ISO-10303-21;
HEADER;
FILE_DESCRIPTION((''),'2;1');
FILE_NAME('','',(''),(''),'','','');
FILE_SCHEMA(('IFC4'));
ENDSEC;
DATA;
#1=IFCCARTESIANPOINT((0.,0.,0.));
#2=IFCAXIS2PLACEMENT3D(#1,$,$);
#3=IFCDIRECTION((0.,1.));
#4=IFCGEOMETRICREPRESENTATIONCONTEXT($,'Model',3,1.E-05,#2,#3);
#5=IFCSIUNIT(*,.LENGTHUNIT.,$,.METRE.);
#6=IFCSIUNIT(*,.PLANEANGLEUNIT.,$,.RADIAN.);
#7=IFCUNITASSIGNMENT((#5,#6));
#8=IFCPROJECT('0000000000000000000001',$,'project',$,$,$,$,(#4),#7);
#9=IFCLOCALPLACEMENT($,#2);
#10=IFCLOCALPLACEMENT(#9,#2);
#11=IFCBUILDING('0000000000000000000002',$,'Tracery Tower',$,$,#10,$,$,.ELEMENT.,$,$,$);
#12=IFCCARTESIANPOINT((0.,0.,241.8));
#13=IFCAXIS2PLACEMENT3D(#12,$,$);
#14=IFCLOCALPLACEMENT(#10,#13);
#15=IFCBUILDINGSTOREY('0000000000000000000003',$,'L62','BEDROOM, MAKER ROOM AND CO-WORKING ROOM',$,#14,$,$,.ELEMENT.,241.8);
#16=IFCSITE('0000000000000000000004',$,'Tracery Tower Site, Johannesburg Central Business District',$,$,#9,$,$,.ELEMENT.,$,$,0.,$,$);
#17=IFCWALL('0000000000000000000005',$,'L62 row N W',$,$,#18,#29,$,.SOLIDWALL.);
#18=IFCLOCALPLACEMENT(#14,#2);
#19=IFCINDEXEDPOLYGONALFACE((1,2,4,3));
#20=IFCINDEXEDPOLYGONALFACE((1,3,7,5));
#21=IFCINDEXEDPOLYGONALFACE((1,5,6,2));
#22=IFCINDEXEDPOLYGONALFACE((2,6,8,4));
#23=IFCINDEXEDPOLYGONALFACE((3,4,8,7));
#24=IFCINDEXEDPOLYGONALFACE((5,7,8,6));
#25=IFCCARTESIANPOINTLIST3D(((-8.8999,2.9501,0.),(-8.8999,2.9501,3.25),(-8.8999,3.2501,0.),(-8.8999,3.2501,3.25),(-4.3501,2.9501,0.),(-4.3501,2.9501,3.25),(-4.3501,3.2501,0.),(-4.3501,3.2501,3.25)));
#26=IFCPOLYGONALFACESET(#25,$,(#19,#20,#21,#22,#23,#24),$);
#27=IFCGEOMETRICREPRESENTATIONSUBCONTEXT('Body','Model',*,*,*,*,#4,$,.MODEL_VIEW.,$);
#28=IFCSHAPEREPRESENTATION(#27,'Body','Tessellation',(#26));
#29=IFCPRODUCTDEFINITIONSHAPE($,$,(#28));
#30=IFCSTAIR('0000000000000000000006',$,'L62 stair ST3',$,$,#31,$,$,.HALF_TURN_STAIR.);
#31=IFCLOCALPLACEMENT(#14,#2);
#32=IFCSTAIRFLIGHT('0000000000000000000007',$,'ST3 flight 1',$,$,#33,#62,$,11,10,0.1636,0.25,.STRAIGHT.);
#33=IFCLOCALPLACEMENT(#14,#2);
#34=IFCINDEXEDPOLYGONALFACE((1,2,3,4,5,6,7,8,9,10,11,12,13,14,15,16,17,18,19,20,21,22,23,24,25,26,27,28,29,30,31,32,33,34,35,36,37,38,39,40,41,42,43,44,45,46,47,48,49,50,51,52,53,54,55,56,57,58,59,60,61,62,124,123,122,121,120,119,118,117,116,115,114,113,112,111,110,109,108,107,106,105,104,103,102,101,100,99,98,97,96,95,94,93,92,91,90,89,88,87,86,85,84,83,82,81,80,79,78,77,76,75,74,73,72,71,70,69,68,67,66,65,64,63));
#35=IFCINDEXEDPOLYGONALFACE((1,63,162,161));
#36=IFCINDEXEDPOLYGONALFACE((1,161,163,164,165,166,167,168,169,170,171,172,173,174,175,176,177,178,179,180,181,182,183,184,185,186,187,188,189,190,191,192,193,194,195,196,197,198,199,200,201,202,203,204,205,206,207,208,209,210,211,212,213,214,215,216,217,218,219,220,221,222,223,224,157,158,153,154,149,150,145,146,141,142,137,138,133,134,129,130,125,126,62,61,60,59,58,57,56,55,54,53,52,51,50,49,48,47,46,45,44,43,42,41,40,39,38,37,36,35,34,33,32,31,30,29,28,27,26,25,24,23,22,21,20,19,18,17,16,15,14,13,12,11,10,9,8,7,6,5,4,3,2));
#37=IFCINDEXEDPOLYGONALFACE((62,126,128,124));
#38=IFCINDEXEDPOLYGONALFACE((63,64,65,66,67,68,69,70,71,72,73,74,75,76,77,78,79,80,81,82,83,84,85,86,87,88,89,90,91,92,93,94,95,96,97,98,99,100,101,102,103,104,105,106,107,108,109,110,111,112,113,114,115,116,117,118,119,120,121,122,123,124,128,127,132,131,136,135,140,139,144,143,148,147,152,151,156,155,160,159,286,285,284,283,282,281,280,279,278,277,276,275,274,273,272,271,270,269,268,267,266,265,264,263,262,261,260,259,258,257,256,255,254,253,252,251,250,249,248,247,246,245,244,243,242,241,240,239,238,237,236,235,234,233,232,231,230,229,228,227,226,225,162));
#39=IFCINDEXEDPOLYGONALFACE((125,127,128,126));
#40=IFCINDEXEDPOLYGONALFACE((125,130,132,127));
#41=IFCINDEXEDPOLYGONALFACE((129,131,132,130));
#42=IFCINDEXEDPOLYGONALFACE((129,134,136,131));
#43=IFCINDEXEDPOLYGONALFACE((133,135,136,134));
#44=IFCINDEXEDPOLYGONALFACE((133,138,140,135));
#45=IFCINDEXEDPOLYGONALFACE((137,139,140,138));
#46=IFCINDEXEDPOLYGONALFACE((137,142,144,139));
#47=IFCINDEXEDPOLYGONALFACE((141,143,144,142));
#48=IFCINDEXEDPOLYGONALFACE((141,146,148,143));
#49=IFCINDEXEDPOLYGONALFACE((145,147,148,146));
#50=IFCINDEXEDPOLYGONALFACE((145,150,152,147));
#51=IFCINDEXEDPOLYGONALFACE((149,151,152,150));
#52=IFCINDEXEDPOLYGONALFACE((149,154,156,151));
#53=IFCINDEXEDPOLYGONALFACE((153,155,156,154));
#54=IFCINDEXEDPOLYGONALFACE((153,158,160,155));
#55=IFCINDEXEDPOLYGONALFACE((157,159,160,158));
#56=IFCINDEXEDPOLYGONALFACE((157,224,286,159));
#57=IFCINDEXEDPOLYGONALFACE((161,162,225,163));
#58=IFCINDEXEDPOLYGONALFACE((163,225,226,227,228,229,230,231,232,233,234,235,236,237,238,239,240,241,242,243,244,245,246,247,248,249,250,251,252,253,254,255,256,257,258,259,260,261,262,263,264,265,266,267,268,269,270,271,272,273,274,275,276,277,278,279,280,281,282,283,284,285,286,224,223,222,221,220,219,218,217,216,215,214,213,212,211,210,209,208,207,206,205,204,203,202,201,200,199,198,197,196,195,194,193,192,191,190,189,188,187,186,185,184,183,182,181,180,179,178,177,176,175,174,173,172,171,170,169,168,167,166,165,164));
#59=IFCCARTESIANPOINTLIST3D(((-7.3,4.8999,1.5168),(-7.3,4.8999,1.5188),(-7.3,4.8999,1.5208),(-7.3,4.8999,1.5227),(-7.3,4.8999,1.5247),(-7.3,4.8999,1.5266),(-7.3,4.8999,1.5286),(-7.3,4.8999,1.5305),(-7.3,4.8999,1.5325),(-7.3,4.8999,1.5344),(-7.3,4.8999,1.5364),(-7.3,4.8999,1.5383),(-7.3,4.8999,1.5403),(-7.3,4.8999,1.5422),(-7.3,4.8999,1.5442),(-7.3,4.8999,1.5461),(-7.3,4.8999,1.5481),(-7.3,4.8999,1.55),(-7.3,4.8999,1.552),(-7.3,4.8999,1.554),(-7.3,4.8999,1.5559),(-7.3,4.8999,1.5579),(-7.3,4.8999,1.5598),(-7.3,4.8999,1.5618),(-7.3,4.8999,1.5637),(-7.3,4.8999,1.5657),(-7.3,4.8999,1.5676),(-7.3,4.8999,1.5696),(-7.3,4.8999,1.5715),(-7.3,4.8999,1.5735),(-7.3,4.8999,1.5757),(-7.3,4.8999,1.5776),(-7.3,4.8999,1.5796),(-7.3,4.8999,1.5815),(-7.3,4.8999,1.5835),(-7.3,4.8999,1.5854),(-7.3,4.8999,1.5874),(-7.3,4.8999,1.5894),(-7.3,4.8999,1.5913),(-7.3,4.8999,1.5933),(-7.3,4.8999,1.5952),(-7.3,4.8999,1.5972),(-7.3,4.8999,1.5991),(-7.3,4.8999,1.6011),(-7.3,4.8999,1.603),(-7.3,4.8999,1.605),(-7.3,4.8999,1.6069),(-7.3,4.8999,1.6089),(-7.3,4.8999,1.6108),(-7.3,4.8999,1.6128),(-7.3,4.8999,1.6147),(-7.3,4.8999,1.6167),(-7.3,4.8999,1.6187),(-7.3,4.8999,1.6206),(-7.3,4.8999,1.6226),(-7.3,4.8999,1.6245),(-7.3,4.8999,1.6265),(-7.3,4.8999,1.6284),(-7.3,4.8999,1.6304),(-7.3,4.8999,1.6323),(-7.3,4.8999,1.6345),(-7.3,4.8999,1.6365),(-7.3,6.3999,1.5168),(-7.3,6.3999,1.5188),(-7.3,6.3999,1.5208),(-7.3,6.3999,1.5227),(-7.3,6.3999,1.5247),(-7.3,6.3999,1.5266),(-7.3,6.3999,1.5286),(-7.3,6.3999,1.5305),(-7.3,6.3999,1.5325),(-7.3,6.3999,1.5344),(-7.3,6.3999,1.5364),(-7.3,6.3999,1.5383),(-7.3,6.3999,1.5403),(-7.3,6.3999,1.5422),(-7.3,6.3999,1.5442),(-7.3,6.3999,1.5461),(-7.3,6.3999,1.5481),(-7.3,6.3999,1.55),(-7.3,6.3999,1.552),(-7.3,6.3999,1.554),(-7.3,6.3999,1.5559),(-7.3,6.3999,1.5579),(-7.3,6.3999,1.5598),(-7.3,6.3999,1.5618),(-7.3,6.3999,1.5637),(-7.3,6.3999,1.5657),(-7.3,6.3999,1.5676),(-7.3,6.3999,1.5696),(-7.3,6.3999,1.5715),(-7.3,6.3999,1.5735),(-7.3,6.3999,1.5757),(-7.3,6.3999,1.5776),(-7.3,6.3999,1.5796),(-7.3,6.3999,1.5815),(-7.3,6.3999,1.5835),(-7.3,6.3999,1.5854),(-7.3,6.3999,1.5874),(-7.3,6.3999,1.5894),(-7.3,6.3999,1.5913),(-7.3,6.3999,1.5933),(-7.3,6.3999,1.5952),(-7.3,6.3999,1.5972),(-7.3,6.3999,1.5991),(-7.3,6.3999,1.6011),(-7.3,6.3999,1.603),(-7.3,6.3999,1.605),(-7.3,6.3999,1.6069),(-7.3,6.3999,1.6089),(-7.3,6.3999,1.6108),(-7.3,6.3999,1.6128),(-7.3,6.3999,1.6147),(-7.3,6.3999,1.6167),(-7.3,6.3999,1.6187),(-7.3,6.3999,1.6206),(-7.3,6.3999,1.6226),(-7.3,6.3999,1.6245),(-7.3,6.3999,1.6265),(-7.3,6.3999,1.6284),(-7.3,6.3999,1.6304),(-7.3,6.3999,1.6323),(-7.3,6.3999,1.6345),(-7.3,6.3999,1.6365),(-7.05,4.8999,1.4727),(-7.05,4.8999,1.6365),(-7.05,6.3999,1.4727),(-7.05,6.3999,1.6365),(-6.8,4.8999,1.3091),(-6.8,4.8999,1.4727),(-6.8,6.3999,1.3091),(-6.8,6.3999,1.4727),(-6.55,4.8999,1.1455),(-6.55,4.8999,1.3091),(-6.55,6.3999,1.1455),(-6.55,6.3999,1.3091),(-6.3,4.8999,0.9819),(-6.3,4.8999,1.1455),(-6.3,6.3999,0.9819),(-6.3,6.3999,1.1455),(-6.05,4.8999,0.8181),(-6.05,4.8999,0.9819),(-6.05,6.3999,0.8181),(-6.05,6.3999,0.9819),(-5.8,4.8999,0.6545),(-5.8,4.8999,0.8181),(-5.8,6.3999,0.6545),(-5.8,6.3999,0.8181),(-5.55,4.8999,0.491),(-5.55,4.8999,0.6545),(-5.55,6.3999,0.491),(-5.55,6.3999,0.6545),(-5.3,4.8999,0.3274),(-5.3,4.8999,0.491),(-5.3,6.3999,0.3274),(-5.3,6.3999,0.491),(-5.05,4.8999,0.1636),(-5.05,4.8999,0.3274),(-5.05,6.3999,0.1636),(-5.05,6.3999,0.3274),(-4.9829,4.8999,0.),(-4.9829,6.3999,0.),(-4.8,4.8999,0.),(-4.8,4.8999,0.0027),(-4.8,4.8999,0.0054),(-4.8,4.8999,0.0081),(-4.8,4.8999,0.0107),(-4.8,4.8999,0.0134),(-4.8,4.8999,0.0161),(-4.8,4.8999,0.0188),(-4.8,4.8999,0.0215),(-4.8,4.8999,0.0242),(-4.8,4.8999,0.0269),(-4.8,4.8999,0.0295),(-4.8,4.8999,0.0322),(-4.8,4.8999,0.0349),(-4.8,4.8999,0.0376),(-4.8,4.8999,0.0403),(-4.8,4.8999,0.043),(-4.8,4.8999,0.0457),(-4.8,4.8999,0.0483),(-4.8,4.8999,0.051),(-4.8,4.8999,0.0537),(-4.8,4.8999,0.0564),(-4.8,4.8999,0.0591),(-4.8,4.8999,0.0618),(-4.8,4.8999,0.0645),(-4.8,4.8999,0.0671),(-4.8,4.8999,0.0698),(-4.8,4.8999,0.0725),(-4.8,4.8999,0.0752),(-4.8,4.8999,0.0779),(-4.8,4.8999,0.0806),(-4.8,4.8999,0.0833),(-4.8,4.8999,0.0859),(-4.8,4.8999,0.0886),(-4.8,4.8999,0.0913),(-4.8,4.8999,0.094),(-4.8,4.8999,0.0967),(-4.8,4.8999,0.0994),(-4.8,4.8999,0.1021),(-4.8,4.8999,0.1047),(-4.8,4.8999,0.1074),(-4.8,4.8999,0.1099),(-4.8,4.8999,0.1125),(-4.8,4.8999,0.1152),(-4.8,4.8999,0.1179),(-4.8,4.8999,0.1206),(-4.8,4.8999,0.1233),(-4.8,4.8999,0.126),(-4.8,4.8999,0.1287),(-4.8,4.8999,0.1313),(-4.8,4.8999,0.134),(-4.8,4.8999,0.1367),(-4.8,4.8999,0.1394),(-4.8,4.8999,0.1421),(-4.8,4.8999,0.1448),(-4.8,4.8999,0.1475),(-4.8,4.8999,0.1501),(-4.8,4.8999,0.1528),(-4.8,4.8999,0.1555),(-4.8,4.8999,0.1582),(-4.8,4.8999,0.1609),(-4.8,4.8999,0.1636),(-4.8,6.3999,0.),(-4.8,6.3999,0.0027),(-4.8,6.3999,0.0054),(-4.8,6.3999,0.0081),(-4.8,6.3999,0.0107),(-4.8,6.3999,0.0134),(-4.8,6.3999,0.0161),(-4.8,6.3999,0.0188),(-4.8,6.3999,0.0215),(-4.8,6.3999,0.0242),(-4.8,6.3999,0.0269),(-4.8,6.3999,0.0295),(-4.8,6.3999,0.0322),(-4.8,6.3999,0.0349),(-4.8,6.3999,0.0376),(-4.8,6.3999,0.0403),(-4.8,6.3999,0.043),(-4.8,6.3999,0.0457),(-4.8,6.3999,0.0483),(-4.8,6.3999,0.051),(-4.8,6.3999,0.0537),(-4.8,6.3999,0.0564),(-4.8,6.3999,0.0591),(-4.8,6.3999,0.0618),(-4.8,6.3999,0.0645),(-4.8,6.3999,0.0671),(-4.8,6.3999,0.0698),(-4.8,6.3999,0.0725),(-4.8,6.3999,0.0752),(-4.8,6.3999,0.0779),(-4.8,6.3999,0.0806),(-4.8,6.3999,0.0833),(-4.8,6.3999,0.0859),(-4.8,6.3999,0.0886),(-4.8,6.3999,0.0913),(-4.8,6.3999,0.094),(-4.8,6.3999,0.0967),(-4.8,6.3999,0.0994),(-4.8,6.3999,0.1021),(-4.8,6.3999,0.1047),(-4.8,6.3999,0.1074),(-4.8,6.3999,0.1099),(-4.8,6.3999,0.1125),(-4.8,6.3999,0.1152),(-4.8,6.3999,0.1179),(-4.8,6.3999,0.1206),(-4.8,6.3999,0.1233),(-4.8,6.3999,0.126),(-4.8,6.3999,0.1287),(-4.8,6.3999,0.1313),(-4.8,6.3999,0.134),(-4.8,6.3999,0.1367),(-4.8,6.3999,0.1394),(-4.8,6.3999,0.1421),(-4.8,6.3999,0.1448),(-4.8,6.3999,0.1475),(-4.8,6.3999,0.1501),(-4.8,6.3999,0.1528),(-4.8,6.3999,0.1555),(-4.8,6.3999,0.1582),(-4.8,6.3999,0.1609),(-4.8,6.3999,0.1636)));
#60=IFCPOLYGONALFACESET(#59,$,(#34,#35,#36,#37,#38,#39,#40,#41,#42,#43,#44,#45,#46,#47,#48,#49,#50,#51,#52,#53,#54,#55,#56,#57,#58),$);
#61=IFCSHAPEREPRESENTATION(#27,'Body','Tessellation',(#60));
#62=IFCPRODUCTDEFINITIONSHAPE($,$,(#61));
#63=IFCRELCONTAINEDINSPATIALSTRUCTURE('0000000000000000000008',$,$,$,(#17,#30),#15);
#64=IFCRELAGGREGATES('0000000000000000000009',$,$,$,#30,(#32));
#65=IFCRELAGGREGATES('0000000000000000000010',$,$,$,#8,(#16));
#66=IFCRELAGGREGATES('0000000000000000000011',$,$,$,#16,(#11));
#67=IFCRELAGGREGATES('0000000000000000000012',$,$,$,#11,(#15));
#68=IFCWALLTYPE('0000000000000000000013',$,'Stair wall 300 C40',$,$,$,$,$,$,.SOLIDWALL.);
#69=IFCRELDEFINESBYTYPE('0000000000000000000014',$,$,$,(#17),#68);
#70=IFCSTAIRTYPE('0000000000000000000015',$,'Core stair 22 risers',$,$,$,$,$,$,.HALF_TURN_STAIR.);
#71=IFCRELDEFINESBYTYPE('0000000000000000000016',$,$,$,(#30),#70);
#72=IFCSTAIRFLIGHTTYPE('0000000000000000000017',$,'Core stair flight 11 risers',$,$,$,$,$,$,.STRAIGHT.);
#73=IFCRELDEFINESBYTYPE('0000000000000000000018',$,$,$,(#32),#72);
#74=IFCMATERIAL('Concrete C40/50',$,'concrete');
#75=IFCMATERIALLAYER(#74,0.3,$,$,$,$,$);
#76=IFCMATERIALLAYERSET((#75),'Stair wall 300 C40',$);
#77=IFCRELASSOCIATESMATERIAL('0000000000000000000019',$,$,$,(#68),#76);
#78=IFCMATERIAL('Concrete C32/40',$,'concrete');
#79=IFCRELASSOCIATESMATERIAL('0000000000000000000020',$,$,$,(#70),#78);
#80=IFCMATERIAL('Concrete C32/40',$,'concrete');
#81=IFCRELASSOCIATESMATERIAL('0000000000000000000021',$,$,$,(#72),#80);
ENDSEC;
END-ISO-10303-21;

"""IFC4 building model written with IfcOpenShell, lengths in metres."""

from ifc_helpers import new_model, si_unit, direction, frame, frame_2d, origin, place, context, subcontext, project, spatial, polyline, rectangle, outline, extrude, material, layer, layer_set, type_object, element, aggregate, save


model = new_model("IFC4")

# Units and contexts
model_context = context("Model", 3, precision=1e-05, world=origin(), true_north=direction((0.0, 1.0)))
body_context = subcontext(model_context, "Body", "Model", "MODEL_VIEW")
ifc_project = project(units=[si_unit("LENGTHUNIT", "METRE"), si_unit("PLANEANGLEUNIT", "RADIAN")], contexts=[model_context])

# Site, building, storey
site_placement = place(None, origin())
site = spatial("IfcSite", under=ifc_project, at=site_placement, Name="Tracery Tower Site, Johannesburg Central Business District", CompositionType="ELEMENT", RefElevation=0.0)
building_placement = place(site_placement, origin())
building = spatial("IfcBuilding", under=site, at=building_placement, Name="Tracery Tower", CompositionType="ELEMENT")
storey_placement = place(building_placement, frame((0.0, 0.0, 241.8)))
storey = spatial("IfcBuildingStorey", under=building, at=storey_placement, Name="L62", Description="BEDROOM, MAKER ROOM AND CO-WORKING ROOM", CompositionType="ELEMENT", Elevation=241.8)

# Wall
ifc_material_1 = material(Name="Concrete C40/50", Category="concrete")
ifc_layer_1 = layer(ifc_material_1, 0.3)
ifc_layer_set_1 = layer_set([ifc_layer_1], Name="Stair wall 300 C40")
wall_type_1 = type_object("IfcWallType", Name="Stair wall 300 C40", PredefinedType="SOLIDWALL", material=ifc_layer_set_1)
wall_1_placement = place(storey_placement, frame((-8.8999, 3.1001, 0.0), z_axis=(0.0, 0.0, 1.0), x_axis=(1.0, 0.0, 0.0)))
element("IfcWall", 1, at=wall_1_placement, inside=storey, type_object=wall_type_1, Name="L62 row N W", PredefinedType="SOLIDWALL", context=body_context, shape_type="SweptSolid", body=[
    extrude(rectangle(XDim=4.5498, YDim=0.3, at=frame_2d((2.2749, 0.0))), origin(), (0.0, 0.0, 1.0), 3.25),
])

# Stair, stair flight
ifc_material_2 = material(Name="Concrete C32/40", Category="concrete")
stair_type = type_object("IfcStairType", Name="Core stair 22 risers", PredefinedType="HALF_TURN_STAIR", material=ifc_material_2)
stair_placement = place(storey_placement, origin())
stair = element("IfcStair", 2, at=stair_placement, inside=storey, type_object=stair_type, Name="L62 stair ST3", PredefinedType="HALF_TURN_STAIR")
ifc_material_3 = material(Name="Concrete C32/40", Category="concrete")
stair_flight_type = type_object("IfcStairFlightType", Name="Core stair flight 11 risers", PredefinedType="STRAIGHT", material=ifc_material_3)
stair_flight_1_placement = place(storey_placement, frame((-4.8, 5.6499, 0.0), z_axis=(0.0, 0.0, 1.0), x_axis=(-1.0, 0.0, 0.0)))
stair_flight_1 = element("IfcStairFlight", 3, at=stair_flight_1_placement, type_object=stair_flight_type, Name="ST3 flight 1", NumberOfRisers=11, NumberOfTreads=10, PredefinedType="STRAIGHT", RiserHeight=0.1636, TreadLength=0.25, context=body_context, shape_type="SweptSolid", body=[
    extrude(outline(polyline([(0.0, 0.0), (0.0, 0.0027), (0.0, 0.0054), (0.0, 0.0081), (0.0, 0.0107), (0.0, 0.0134), (0.0, 0.0161), (0.0, 0.0188), (0.0, 0.0215), (0.0, 0.0242), (0.0, 0.0269), (0.0, 0.0295), (0.0, 0.0322), (0.0, 0.0349), (0.0, 0.0376), (0.0, 0.0403), (0.0, 0.043), (0.0, 0.0457), (0.0, 0.0483), (0.0, 0.051), (0.0, 0.0537), (0.0, 0.0564), (0.0, 0.0591), (0.0, 0.0618), (0.0, 0.0645), (0.0, 0.0671), (0.0, 0.0698), (0.0, 0.0725), (0.0, 0.0752), (0.0, 0.0779), (0.0, 0.0806), (0.0, 0.0833), (0.0, 0.0859), (0.0, 0.0886), (0.0, 0.0913), (0.0, 0.094), (0.0, 0.0967), (0.0, 0.0994), (0.0, 0.1021), (0.0, 0.1047), (0.0, 0.1074), (0.0, 0.1099), (0.0, 0.1125), (0.0, 0.1152), (0.0, 0.1179), (0.0, 0.1206), (0.0, 0.1233), (0.0, 0.126), (0.0, 0.1287), (0.0, 0.1313), (0.0, 0.134), (0.0, 0.1367), (0.0, 0.1394), (0.0, 0.1421), (0.0, 0.1448), (0.0, 0.1475), (0.0, 0.1501), (0.0, 0.1528), (0.0, 0.1555), (0.0, 0.1582), (0.0, 0.1609), (0.0, 0.1636), (0.25, 0.1636), (0.25, 0.3274), (0.5, 0.3274), (0.5, 0.491), (0.75, 0.491), (0.75, 0.6545), (1.0, 0.6545), (1.0, 0.8181), (1.25, 0.8181), (1.25, 0.9819), (1.5, 0.9819), (1.5, 1.1455), (1.75, 1.1455), (1.75, 1.3091), (2.0, 1.3091), (2.0, 1.4727), (2.25, 1.4727), (2.25, 1.6365), (2.5, 1.6365), (2.5, 1.6345), (2.5, 1.6323), (2.5, 1.6304), (2.5, 1.6284), (2.5, 1.6265), (2.5, 1.6245), (2.5, 1.6226), (2.5, 1.6206), (2.5, 1.6187), (2.5, 1.6167), (2.5, 1.6147), (2.5, 1.6128), (2.5, 1.6108), (2.5, 1.6089), (2.5, 1.6069), (2.5, 1.605), (2.5, 1.603), (2.5, 1.6011), (2.5, 1.5991), (2.5, 1.5972), (2.5, 1.5952), (2.5, 1.5933), (2.5, 1.5913), (2.5, 1.5894), (2.5, 1.5874), (2.5, 1.5854), (2.5, 1.5835), (2.5, 1.5815), (2.5, 1.5796), (2.5, 1.5776), (2.5, 1.5757), (2.5, 1.5735), (2.5, 1.5715), (2.5, 1.5696), (2.5, 1.5676), (2.5, 1.5657), (2.5, 1.5637), (2.5, 1.5618), (2.5, 1.5598), (2.5, 1.5579), (2.5, 1.5559), (2.5, 1.554), (2.5, 1.552), (2.5, 1.55), (2.5, 1.5481), (2.5, 1.5461), (2.5, 1.5442), (2.5, 1.5422), (2.5, 1.5403), (2.5, 1.5383), (2.5, 1.5364), (2.5, 1.5344), (2.5, 1.5325), (2.5, 1.5305), (2.5, 1.5286), (2.5, 1.5266), (2.5, 1.5247), (2.5, 1.5227), (2.5, 1.5208), (2.5, 1.5188), (2.5, 1.5168), (0.1829, 0.0), (0.0, 0.0)])), frame((0.0, 0.75, 0.0), z_axis=(0.0, -1.0, 0.0), x_axis=(1.0, 0.0, 0.0)), (0.0, 0.0, 1.0), 1.5),
])
aggregate(stair, [stair_flight_1])

save(model, "model.ifc")
